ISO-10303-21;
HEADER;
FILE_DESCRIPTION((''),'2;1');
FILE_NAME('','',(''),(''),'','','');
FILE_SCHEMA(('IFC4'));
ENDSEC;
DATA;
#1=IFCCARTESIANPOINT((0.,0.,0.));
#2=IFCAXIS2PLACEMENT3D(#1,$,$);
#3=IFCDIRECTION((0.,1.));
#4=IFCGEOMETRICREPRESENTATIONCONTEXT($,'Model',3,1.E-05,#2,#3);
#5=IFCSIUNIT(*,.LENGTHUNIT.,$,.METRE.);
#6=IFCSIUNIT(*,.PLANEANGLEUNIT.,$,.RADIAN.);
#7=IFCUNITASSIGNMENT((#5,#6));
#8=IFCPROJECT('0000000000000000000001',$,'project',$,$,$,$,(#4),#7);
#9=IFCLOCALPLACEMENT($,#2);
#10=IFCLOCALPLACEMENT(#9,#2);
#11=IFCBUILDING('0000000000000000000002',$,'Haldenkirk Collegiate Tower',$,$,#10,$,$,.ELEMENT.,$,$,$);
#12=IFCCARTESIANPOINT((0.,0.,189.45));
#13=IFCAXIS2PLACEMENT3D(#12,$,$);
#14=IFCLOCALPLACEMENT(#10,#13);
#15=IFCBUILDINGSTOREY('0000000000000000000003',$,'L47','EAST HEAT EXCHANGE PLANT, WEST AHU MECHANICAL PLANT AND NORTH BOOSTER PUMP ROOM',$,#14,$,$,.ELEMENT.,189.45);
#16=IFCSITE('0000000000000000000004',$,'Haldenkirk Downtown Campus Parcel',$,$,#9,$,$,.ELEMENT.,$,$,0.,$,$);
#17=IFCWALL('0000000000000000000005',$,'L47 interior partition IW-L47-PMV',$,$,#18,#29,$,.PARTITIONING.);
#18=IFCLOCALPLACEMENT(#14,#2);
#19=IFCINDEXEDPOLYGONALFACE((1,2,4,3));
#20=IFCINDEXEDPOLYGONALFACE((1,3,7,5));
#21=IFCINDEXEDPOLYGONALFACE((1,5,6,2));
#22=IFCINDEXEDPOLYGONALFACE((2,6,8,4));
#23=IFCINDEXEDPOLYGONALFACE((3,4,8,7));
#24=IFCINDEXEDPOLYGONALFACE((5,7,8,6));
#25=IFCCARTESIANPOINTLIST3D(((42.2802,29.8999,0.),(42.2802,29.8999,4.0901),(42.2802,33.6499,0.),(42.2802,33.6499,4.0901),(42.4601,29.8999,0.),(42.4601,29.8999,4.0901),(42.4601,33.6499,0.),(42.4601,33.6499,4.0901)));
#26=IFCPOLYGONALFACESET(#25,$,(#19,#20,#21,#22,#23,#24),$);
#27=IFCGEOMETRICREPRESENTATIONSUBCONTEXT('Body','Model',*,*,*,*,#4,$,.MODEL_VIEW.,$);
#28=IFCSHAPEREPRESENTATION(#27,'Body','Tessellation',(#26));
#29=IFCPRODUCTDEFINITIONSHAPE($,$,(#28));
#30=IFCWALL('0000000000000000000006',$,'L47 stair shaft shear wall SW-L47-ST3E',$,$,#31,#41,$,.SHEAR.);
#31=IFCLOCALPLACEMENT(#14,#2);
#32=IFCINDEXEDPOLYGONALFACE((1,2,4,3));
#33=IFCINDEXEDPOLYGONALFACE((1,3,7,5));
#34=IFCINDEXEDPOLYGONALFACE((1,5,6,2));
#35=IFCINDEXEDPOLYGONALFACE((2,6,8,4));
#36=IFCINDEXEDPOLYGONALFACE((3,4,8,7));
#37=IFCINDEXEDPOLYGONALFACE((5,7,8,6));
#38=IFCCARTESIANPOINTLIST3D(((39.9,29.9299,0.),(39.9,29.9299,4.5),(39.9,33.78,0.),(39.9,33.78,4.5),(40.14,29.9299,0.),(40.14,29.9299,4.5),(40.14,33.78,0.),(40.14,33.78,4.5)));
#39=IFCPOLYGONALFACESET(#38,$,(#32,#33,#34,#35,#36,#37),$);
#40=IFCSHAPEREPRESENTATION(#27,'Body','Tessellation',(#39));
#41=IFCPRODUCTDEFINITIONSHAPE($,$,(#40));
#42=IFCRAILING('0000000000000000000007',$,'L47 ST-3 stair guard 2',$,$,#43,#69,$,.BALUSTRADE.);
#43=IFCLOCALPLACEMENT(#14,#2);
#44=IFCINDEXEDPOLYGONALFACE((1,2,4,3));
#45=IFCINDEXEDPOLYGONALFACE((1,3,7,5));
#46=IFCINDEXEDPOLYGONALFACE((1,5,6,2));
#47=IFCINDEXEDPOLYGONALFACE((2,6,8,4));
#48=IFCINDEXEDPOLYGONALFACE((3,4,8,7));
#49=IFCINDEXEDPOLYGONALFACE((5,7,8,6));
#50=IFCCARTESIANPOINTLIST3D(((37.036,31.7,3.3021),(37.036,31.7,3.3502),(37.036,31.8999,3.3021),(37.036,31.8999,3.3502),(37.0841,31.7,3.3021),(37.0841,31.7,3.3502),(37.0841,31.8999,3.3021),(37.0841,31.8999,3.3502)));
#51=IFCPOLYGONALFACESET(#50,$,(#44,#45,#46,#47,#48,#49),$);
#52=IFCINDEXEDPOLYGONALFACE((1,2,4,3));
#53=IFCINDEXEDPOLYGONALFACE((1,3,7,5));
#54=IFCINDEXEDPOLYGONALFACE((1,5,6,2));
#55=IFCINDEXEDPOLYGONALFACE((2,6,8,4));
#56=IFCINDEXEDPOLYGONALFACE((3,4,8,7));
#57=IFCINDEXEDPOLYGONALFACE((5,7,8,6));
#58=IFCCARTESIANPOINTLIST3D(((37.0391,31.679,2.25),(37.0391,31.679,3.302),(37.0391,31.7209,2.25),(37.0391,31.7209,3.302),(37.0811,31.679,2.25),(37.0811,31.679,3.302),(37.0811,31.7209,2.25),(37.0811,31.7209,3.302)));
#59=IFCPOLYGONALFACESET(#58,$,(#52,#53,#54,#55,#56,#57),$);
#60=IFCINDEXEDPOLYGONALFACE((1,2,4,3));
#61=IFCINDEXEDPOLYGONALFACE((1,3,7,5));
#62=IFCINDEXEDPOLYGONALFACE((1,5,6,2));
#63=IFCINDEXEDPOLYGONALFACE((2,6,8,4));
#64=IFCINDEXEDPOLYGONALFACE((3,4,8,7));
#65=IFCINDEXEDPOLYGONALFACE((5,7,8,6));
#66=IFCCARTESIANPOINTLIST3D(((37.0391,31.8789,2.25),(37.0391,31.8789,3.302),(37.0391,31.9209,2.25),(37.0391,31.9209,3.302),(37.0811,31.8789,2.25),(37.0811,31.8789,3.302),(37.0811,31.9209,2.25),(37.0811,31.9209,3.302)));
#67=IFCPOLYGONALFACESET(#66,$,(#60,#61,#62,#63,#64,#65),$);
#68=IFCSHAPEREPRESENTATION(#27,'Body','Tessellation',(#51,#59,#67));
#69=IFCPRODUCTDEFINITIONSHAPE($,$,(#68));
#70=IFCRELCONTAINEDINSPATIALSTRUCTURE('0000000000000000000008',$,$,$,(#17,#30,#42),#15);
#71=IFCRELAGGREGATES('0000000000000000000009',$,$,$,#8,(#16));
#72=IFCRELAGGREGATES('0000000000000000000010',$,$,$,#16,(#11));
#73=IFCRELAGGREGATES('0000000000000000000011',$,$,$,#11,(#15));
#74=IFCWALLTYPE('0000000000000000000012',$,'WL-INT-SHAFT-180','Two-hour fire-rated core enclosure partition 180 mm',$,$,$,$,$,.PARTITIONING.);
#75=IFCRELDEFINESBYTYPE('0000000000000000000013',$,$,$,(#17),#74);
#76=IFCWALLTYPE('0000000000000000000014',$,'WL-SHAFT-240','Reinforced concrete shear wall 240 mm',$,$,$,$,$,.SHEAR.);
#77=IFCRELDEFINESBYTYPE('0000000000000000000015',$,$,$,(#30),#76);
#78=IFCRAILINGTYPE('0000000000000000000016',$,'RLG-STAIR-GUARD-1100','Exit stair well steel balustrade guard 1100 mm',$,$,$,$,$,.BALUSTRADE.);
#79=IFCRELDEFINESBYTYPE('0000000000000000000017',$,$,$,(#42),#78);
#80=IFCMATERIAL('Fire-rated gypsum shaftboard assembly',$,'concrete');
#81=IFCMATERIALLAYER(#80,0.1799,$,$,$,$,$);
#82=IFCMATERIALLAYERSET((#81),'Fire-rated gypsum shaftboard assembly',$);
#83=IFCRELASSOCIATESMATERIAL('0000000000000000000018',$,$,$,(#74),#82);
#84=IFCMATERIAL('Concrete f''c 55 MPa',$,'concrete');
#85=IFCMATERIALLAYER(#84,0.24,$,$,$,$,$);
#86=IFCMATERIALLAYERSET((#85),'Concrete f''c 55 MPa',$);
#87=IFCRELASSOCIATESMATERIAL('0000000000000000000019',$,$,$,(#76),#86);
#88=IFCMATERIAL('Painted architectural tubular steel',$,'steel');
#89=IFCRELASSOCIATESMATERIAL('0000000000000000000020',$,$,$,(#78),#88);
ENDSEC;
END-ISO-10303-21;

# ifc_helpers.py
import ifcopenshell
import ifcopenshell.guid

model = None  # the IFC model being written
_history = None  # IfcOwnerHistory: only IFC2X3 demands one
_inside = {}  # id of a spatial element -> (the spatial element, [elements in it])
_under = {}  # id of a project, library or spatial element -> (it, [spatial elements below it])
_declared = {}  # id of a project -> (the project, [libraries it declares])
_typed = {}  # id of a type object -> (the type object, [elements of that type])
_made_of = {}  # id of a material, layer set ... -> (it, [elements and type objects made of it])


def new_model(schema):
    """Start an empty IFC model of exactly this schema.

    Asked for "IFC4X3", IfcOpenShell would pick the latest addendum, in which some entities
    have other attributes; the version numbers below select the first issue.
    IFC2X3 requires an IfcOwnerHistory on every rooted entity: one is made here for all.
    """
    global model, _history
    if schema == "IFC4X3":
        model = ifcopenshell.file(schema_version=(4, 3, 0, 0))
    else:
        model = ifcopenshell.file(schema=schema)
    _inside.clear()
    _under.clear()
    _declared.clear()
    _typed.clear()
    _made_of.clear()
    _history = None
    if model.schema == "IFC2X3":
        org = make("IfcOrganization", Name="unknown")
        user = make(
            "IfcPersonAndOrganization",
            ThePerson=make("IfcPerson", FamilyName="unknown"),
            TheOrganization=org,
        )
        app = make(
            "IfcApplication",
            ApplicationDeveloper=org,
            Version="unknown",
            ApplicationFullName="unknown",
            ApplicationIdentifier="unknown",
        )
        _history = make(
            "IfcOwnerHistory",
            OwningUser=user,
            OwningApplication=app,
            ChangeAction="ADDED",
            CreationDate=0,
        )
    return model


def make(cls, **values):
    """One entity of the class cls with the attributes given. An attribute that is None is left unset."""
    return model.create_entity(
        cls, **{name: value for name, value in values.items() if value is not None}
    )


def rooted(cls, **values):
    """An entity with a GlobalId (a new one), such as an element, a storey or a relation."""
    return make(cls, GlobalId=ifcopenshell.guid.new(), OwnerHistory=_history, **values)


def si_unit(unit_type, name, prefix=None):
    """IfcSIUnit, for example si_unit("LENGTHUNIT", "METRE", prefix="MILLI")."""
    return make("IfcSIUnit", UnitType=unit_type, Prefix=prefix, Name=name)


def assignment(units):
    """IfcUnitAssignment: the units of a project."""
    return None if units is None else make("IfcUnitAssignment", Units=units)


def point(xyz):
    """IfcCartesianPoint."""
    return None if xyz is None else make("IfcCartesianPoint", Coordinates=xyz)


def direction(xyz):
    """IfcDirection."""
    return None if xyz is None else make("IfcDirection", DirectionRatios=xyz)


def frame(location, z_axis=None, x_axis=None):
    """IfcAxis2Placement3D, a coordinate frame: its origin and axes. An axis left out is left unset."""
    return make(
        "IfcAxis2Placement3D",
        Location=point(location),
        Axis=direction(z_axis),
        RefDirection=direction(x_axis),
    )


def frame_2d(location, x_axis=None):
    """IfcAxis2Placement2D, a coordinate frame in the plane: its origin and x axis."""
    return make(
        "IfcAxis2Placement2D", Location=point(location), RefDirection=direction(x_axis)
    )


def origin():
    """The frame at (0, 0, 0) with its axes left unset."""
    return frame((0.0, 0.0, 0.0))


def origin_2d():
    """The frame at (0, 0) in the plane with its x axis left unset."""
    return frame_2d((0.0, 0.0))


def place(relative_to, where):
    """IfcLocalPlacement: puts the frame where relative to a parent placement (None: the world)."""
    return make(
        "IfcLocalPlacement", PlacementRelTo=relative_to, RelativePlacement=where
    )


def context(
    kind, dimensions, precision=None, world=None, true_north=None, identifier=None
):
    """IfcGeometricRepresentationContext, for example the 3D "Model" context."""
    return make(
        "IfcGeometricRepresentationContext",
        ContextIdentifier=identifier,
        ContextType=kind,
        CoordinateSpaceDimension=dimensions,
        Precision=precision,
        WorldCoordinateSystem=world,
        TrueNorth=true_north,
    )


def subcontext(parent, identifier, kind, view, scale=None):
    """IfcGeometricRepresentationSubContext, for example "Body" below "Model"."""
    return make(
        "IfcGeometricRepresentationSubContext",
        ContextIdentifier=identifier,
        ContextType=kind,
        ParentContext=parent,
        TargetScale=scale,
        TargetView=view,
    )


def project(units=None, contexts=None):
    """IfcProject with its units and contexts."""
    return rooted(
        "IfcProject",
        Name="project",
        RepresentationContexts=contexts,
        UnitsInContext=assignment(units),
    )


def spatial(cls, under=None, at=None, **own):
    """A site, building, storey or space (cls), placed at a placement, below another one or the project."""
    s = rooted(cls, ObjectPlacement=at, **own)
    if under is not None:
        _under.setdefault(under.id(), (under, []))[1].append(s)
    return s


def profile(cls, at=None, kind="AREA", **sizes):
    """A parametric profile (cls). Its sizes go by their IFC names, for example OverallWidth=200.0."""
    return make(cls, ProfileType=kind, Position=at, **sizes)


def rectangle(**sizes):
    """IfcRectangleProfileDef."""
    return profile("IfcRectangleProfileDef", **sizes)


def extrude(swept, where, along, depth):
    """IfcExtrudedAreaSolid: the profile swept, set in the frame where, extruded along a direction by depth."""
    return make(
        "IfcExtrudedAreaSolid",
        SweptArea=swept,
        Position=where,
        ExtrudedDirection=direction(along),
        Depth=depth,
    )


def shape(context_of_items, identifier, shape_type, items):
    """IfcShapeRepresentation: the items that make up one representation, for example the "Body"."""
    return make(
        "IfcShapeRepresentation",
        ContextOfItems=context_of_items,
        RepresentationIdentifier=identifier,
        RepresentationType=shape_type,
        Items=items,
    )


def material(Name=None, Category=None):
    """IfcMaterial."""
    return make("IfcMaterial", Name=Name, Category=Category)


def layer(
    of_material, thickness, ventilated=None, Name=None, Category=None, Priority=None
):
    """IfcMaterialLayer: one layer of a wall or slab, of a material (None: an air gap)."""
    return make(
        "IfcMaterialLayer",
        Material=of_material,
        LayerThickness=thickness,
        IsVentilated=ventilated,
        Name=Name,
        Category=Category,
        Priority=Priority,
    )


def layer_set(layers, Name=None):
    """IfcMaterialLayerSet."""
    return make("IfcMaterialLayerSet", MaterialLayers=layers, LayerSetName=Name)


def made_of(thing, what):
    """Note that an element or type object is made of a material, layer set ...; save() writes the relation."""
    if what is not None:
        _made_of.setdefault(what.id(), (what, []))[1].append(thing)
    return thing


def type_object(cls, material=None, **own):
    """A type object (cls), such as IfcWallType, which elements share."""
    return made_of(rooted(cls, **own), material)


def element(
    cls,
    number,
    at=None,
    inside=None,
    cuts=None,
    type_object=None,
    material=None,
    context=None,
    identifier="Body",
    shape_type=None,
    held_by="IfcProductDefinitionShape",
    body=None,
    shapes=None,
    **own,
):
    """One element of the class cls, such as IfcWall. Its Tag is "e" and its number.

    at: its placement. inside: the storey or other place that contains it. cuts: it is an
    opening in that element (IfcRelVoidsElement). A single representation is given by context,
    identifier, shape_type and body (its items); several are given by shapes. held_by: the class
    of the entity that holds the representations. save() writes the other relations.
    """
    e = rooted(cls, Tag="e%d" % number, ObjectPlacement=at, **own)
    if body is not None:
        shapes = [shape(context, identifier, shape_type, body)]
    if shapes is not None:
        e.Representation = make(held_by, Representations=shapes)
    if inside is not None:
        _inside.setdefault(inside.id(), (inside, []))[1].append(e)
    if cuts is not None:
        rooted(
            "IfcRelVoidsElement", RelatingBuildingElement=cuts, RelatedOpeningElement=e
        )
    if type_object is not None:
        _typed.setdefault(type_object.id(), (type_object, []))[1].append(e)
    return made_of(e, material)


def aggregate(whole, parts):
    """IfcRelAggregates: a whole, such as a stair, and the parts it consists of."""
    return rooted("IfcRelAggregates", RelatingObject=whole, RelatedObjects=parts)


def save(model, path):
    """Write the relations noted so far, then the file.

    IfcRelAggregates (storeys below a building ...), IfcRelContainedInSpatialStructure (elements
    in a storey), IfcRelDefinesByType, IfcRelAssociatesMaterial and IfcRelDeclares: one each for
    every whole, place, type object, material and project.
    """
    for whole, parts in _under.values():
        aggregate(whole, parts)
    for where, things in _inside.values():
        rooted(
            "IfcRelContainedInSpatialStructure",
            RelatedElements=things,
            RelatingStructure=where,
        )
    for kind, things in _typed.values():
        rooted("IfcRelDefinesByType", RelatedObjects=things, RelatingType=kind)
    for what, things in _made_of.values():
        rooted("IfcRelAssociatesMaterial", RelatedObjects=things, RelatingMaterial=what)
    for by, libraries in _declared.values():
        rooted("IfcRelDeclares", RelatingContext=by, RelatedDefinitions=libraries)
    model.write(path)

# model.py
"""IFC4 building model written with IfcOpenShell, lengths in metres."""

from ifc_helpers import new_model, si_unit, direction, frame, frame_2d, origin, origin_2d, place, context, subcontext, project, spatial, rectangle, extrude, material, layer, layer_set, type_object, element, save


model = new_model("IFC4")

# Units and contexts
model_context = context("Model", 3, precision=1e-05, world=origin(), true_north=direction((0.0, 1.0)))
body_context = subcontext(model_context, "Body", "Model", "MODEL_VIEW")
ifc_project = project(units=[si_unit("LENGTHUNIT", "METRE"), si_unit("PLANEANGLEUNIT", "RADIAN")], contexts=[model_context])

# Site, building, storey
site_placement = place(None, origin())
site = spatial("IfcSite", under=ifc_project, at=site_placement, Name="Haldenkirk Downtown Campus Parcel", CompositionType="ELEMENT", RefElevation=0.0)
building_placement = place(site_placement, origin())
building = spatial("IfcBuilding", under=site, at=building_placement, Name="Haldenkirk Collegiate Tower", CompositionType="ELEMENT")
storey_placement = place(building_placement, frame((0.0, 0.0, 189.45)))
storey = spatial("IfcBuildingStorey", under=building, at=storey_placement, Name="L47", Description="EAST HEAT EXCHANGE PLANT, WEST AHU MECHANICAL PLANT AND NORTH BOOSTER PUMP ROOM", CompositionType="ELEMENT", Elevation=189.45)

# Shared definitions
ifc_material_1 = material(Name="Fire-rated gypsum shaftboard assembly", Category="concrete")
ifc_layer_1 = layer(ifc_material_1, 0.1799)
ifc_layer_set_1 = layer_set([ifc_layer_1], Name="Fire-rated gypsum shaftboard assembly")
wall_type_1 = type_object("IfcWallType", Name="WL-INT-SHAFT-180", Description="Two-hour fire-rated core enclosure partition 180 mm", PredefinedType="PARTITIONING", material=ifc_layer_set_1)

# Walls
wall_1_placement = place(storey_placement, frame((42.3701, 29.8999, 0.0), z_axis=(0.0, 0.0, 1.0), x_axis=(0.0, 1.0, 0.0)))
element("IfcWall", 1, at=wall_1_placement, inside=storey, type_object=wall_type_1, Name="L47 interior partition IW-L47-PMV", PredefinedType="PARTITIONING", context=body_context, shape_type="SweptSolid", body=[
    extrude(rectangle(XDim=3.75, YDim=0.1799, at=frame_2d((1.875, 0.0))), origin(), (0.0, 0.0, 1.0), 4.0901),
])
ifc_material_2 = material(Name="Concrete f'c 55 MPa", Category="concrete")
ifc_layer_2 = layer(ifc_material_2, 0.24)
ifc_layer_set_2 = layer_set([ifc_layer_2], Name="Concrete f'c 55 MPa")
wall_type_2 = type_object("IfcWallType", Name="WL-SHAFT-240", Description="Reinforced concrete shear wall 240 mm", PredefinedType="SHEAR", material=ifc_layer_set_2)
wall_2_placement = place(storey_placement, frame((40.02, 29.9299, 0.0), z_axis=(0.0, 0.0, 1.0), x_axis=(0.0, 1.0, 0.0)))
element("IfcWall", 2, at=wall_2_placement, inside=storey, type_object=wall_type_2, Name="L47 stair shaft shear wall SW-L47-ST3E", PredefinedType="SHEAR", context=body_context, shape_type="SweptSolid", body=[
    extrude(rectangle(XDim=3.8501, YDim=0.24, at=frame_2d((1.925, 0.0))), origin(), (0.0, 0.0, 1.0), 4.5),
])

# Railing
ifc_material_3 = material(Name="Painted architectural tubular steel", Category="steel")
railing_type = type_object("IfcRailingType", Name="RLG-STAIR-GUARD-1100", Description="Exit stair well steel balustrade guard 1100 mm", PredefinedType="BALUSTRADE", material=ifc_material_3)
railing_placement = place(storey_placement, frame((37.0601, 31.7, 2.25)))
element("IfcRailing", 3, at=railing_placement, inside=storey, type_object=railing_type, Name="L47 ST-3 stair guard 2", PredefinedType="BALUSTRADE", context=body_context, shape_type="SweptSolid", body=[
    extrude(rectangle(XDim=0.0481, YDim=0.0481, at=origin_2d()), frame((0.0, 0.0, 1.0762), z_axis=(0.0, 1.0, 0.0), x_axis=(-1.0, 0.0, 0.0)), (0.0, 0.0, 1.0), 0.2),
    extrude(rectangle(XDim=0.042, YDim=0.042, at=origin_2d()), origin(), (0.0, 0.0, 1.0), 1.052),
    extrude(rectangle(XDim=0.042, YDim=0.042, at=origin_2d()), frame((0.0, 0.2, 0.0)), (0.0, 0.0, 1.0), 1.052),
])

save(model, "model.ifc")
